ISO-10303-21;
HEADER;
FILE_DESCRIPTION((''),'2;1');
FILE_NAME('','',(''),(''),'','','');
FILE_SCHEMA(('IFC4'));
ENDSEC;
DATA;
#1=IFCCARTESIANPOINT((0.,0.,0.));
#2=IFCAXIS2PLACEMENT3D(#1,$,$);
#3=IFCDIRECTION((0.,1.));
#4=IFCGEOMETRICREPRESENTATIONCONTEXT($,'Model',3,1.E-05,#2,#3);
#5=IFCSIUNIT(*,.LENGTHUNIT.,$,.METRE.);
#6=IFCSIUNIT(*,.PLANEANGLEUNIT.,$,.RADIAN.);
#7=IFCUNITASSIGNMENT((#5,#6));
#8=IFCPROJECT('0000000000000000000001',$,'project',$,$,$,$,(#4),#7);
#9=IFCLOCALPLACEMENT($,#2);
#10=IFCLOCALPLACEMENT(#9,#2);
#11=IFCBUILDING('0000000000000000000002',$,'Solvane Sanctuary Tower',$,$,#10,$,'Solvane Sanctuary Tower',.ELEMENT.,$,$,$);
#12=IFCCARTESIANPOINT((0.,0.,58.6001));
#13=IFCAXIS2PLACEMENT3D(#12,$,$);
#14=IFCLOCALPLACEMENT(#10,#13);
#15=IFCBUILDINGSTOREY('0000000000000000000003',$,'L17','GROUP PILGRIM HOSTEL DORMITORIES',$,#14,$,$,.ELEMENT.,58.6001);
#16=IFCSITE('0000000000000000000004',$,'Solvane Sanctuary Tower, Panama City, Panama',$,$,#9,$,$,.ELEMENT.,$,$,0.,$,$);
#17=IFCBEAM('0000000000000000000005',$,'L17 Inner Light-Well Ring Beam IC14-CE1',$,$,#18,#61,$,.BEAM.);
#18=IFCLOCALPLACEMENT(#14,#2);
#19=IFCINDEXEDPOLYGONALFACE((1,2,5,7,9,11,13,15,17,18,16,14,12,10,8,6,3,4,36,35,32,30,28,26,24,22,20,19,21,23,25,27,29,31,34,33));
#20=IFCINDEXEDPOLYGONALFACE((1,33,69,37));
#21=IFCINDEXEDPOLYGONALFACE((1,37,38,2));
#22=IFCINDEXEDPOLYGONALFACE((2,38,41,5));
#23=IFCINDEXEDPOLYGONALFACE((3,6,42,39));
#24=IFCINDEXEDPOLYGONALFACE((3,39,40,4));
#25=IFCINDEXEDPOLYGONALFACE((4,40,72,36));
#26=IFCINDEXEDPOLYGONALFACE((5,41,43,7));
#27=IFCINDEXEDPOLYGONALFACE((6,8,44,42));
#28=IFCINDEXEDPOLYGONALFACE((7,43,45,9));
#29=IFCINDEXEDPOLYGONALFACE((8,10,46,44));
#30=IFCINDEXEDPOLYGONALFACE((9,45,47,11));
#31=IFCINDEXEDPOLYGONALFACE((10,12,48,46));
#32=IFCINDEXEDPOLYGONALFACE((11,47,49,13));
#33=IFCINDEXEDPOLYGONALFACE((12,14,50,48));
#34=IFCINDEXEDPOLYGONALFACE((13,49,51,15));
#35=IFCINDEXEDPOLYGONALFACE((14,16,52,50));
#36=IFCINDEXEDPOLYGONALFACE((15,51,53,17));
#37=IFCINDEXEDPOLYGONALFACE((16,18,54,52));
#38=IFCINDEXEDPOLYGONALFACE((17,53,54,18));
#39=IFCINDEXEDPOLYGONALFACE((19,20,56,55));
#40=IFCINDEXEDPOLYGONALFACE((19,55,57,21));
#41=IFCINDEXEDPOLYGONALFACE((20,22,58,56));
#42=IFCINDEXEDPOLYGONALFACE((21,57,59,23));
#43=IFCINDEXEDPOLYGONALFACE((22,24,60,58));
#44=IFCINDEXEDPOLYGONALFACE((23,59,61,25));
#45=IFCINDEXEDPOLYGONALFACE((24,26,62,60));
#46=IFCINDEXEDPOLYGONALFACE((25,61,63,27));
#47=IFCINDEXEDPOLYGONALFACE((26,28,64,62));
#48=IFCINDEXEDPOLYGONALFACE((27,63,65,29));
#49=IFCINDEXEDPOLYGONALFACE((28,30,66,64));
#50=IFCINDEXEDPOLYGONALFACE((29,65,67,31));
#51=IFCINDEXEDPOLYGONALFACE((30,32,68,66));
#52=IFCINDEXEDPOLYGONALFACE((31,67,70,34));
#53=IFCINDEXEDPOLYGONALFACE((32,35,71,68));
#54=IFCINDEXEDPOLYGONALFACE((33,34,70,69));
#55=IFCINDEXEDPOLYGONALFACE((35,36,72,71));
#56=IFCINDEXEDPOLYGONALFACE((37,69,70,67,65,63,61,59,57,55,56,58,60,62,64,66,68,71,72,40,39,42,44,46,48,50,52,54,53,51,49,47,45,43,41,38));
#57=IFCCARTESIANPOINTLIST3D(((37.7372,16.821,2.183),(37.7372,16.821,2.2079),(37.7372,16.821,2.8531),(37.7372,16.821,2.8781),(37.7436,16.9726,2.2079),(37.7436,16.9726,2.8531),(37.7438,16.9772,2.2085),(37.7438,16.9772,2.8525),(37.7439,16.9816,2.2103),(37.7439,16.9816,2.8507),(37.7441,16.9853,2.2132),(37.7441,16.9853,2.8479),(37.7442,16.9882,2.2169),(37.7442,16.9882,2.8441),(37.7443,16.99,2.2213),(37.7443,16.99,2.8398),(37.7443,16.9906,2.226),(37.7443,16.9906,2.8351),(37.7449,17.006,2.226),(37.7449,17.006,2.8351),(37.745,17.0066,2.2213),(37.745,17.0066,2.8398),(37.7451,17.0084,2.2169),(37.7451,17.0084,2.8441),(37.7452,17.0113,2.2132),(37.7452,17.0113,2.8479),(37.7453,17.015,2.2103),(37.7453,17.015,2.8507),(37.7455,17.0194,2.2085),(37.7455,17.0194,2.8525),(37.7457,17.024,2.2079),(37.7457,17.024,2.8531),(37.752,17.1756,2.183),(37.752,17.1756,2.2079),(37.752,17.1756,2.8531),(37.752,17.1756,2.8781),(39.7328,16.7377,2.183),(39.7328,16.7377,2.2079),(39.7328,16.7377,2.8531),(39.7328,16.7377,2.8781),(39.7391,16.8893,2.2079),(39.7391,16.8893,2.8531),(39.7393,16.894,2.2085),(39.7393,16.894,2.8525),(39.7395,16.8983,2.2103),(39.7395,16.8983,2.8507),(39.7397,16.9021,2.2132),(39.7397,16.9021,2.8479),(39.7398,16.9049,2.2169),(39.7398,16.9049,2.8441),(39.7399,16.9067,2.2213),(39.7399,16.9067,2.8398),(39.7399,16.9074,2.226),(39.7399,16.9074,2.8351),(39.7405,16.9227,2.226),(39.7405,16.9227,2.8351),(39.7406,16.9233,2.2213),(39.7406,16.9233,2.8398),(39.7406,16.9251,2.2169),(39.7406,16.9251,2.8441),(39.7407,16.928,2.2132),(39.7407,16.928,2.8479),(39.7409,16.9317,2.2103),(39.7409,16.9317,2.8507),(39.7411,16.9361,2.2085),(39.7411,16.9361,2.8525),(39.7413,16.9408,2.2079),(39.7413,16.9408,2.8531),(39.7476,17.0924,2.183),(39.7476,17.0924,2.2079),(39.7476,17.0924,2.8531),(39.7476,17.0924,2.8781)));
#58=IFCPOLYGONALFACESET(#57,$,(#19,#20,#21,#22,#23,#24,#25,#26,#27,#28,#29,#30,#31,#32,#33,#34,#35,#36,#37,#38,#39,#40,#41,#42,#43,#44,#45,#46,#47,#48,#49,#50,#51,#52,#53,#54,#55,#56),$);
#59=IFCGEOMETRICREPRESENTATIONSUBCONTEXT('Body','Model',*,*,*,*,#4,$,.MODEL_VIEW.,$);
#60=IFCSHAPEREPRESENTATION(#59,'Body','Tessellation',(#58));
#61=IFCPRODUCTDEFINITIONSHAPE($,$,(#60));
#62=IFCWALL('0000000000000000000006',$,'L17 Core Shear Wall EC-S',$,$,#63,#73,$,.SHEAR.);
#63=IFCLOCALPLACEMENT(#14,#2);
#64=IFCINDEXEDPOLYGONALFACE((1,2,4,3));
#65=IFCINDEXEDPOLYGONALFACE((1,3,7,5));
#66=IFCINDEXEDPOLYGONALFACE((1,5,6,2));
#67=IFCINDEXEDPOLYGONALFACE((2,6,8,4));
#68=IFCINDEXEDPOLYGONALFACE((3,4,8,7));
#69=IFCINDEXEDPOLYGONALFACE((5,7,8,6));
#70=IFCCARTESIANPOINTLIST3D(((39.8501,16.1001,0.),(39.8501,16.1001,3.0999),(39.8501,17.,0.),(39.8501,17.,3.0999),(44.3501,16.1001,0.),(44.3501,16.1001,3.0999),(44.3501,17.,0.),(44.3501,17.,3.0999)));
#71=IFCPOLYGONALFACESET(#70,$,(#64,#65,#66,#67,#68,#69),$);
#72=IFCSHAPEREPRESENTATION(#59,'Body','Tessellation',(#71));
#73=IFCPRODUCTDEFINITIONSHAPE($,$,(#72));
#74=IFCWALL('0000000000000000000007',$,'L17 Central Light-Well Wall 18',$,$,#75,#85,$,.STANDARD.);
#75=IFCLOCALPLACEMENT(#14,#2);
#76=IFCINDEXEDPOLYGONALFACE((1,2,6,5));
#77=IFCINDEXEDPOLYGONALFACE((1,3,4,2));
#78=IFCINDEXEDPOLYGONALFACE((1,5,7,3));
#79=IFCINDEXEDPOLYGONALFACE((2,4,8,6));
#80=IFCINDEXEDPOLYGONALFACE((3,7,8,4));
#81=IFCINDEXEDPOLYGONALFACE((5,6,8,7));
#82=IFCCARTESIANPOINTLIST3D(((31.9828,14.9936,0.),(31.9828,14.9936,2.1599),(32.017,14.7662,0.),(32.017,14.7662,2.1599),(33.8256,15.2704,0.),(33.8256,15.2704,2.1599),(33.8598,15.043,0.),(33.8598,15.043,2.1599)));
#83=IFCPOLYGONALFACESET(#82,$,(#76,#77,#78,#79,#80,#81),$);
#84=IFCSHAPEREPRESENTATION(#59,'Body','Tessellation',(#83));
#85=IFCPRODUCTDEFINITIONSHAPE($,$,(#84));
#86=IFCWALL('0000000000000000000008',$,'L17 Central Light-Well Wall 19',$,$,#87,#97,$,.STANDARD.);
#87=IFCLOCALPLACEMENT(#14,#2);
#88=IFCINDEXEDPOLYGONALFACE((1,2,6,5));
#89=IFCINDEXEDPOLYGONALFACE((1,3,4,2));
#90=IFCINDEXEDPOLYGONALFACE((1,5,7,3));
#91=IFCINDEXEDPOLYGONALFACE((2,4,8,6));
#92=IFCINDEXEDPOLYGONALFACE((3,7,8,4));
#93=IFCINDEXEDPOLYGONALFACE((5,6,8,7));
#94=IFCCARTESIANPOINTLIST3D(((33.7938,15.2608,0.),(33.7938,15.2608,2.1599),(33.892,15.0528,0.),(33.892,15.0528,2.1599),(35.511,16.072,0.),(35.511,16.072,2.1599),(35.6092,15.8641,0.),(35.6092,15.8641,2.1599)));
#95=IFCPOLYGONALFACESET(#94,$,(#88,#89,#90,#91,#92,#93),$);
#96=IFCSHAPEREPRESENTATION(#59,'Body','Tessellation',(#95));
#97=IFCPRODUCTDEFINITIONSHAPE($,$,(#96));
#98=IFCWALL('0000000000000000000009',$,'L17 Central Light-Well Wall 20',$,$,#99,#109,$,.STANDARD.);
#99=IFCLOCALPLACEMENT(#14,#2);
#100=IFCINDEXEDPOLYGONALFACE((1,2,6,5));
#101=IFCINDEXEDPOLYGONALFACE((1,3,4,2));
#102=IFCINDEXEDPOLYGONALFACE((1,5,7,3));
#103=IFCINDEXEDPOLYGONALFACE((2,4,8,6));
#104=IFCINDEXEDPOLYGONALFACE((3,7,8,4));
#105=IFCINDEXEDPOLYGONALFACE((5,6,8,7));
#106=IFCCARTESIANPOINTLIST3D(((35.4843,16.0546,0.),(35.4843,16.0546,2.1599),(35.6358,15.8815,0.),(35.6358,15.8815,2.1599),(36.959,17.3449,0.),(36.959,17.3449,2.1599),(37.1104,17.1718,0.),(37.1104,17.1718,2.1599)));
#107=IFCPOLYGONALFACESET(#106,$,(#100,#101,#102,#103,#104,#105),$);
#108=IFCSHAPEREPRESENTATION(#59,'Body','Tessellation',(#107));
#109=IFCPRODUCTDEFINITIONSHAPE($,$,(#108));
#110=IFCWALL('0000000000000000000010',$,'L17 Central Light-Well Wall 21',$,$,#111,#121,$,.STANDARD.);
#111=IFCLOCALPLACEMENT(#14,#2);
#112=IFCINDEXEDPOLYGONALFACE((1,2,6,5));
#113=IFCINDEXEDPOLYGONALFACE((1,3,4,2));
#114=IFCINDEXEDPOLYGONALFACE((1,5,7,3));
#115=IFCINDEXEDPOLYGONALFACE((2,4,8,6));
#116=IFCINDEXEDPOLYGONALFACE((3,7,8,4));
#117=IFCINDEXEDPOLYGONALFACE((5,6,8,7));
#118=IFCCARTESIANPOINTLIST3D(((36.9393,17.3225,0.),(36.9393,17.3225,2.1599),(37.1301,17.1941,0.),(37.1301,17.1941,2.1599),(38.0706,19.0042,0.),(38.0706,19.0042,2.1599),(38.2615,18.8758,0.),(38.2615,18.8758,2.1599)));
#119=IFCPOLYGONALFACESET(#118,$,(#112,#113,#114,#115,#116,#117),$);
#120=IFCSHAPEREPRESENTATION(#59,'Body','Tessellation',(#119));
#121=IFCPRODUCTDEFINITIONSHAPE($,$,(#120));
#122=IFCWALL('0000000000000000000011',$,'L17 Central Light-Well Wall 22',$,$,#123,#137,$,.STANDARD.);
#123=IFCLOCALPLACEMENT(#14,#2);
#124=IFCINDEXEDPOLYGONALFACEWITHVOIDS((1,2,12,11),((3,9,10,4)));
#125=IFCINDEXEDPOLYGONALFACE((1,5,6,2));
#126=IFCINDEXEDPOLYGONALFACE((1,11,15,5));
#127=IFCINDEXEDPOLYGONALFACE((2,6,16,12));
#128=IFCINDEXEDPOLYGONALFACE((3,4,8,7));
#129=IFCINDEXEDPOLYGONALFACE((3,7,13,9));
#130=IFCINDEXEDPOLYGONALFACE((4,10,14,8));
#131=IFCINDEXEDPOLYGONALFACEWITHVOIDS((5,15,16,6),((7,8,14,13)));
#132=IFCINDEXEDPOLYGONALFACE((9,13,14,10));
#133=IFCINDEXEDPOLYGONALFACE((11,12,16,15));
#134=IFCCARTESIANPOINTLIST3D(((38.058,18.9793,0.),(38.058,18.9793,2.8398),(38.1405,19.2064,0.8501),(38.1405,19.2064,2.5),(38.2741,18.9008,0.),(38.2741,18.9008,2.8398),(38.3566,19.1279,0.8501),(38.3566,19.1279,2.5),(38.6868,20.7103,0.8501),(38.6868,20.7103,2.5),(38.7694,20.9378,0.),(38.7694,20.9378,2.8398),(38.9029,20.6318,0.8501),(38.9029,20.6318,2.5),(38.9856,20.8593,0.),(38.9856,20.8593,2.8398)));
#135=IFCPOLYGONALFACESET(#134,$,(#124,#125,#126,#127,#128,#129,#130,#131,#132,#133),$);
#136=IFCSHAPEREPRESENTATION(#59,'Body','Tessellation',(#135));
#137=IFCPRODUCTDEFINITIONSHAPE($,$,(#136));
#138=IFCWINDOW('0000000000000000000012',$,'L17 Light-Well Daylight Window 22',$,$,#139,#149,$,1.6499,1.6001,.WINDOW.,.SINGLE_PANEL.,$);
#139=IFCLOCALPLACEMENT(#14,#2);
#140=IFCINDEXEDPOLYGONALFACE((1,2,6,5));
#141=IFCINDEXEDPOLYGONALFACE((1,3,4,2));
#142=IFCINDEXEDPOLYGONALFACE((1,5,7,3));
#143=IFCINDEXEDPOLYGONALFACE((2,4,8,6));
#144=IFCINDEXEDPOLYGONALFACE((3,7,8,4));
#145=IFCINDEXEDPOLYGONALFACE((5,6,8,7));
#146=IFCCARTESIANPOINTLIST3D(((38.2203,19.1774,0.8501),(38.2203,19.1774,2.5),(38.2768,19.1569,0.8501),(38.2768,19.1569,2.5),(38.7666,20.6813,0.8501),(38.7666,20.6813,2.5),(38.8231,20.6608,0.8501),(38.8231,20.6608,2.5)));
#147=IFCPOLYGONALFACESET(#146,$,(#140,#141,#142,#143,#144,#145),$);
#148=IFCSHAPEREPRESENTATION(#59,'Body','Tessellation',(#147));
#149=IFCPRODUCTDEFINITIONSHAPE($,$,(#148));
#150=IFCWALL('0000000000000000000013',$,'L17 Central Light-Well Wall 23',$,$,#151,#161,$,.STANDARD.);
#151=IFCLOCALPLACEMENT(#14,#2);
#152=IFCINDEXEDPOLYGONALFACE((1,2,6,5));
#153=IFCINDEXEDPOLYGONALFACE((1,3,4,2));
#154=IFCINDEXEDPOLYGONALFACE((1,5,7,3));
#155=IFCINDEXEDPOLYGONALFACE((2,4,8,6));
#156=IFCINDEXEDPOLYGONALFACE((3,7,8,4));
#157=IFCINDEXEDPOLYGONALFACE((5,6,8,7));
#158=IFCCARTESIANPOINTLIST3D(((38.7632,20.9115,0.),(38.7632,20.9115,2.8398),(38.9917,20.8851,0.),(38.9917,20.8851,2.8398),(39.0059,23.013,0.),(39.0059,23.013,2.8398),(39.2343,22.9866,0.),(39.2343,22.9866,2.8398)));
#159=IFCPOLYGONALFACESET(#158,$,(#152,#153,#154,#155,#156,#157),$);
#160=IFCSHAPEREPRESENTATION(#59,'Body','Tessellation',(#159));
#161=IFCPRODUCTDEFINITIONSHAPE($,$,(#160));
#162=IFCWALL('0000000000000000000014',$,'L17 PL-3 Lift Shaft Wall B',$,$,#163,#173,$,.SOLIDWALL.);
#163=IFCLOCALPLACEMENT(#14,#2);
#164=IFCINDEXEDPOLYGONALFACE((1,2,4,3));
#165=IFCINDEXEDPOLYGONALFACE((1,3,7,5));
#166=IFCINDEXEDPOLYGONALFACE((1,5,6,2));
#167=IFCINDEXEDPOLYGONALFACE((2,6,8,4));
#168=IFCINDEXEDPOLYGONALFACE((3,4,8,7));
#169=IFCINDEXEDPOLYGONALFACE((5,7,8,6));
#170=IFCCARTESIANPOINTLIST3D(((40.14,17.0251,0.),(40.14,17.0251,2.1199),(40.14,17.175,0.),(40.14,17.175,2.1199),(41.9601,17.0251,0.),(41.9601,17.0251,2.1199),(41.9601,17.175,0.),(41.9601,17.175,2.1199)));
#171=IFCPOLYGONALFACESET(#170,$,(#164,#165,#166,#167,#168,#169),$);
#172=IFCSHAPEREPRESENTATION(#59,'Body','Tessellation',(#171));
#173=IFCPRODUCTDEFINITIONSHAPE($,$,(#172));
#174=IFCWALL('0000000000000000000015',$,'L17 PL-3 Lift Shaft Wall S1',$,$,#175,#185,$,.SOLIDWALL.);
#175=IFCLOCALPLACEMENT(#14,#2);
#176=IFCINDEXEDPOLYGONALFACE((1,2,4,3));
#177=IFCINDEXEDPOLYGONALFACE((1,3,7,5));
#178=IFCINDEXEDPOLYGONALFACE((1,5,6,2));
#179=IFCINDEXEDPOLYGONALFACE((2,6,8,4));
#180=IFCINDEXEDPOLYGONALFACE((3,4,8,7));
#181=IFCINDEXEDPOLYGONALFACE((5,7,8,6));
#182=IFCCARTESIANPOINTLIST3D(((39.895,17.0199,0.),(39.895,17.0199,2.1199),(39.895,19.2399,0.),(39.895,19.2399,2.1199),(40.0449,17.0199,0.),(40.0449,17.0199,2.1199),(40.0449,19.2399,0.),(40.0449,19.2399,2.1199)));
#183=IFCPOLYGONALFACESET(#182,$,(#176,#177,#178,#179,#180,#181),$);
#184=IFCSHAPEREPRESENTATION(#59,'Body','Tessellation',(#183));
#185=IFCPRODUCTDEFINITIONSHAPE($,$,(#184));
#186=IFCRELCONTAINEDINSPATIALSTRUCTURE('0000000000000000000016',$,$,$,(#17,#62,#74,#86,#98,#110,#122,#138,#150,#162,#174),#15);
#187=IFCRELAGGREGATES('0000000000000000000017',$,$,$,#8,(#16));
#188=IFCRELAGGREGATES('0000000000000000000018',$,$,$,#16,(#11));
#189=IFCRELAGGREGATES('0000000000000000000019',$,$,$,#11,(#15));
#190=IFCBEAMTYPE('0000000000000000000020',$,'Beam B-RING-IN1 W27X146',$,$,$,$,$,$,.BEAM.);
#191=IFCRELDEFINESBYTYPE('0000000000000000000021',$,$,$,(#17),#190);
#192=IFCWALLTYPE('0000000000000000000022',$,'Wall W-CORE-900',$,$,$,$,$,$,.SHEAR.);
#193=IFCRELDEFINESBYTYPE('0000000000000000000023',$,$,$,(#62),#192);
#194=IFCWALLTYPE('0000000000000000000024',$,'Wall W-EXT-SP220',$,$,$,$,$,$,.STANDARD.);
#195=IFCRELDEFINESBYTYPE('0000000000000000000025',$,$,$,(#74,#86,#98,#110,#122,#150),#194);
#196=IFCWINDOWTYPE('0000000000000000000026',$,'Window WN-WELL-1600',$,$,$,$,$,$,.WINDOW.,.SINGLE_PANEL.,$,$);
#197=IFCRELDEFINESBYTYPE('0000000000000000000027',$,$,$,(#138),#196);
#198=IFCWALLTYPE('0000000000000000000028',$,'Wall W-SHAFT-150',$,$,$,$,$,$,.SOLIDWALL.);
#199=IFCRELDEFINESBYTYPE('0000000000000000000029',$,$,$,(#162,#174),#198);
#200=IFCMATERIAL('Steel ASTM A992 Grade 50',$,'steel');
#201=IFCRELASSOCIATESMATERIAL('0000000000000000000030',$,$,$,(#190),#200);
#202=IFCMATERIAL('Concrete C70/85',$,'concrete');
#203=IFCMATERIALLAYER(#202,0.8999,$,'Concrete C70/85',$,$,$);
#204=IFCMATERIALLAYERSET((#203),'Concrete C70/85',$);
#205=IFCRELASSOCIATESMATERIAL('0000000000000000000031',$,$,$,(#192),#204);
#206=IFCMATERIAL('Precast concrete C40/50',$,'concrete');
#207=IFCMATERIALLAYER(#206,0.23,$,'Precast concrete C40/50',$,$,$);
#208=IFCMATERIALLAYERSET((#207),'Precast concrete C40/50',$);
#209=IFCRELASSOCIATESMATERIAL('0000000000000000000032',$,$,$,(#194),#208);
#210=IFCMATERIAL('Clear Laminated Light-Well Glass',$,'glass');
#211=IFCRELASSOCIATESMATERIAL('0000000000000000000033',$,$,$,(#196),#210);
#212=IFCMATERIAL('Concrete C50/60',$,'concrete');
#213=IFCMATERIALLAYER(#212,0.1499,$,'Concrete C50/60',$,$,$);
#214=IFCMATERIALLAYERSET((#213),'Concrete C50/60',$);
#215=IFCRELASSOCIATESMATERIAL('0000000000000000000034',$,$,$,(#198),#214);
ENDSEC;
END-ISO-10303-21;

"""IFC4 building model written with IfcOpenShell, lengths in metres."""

from ifc_helpers import new_model, si_unit, direction, frame, frame_2d, origin, origin_2d, place, context, subcontext, project, spatial, rectangle, i_section, extrude, material, layer, layer_set, material_profile, profile_set, type_object, element, fill, save


model = new_model("IFC4")

# Units and contexts
model_context = context("Model", 3, precision=1e-05, world=origin(), true_north=direction((0.0, 1.0)))
body_context = subcontext(model_context, "Body", "Model", "MODEL_VIEW")
ifc_project = project(units=[si_unit("LENGTHUNIT", "METRE"), si_unit("PLANEANGLEUNIT", "RADIAN")], contexts=[model_context])

# Site, building, storey
site_placement = place(None, origin())
site = spatial("IfcSite", under=ifc_project, at=site_placement, Name="Solvane Sanctuary Tower, Panama City, Panama", CompositionType="ELEMENT", RefElevation=0.0)
building_placement = place(site_placement, origin())
building = spatial("IfcBuilding", under=site, at=building_placement, Name="Solvane Sanctuary Tower", LongName="Solvane Sanctuary Tower", CompositionType="ELEMENT")
storey_placement = place(building_placement, frame((0.0, 0.0, 58.6001)))
storey = spatial("IfcBuildingStorey", under=building, at=storey_placement, Name="L17", Description="GROUP PILGRIM HOSTEL DORMITORIES", CompositionType="ELEMENT", Elevation=58.6001)

# Shared definitions
ifc_material_1 = material(Name="Concrete C70/85", Category="concrete")

# Beam
ifc_material_2 = material(Name="Steel ASTM A992 Grade 50", Category="steel")
ifc_material_profile_1 = material_profile(ifc_material_2, i_section(OverallWidth=0.355, OverallDepth=0.6951, WebThickness=0.0154, FlangeThickness=0.0249, FilletRadius=0.0181, at=origin_2d()), Name="W27X146")
ifc_profile_set_1 = profile_set([ifc_material_profile_1], Name="Steel ASTM A992 Grade 50")
beam_type_1 = type_object("IfcBeamType", Name="Beam B-RING-IN1 W27X146", PredefinedType="BEAM", material=ifc_profile_set_1)
beam_1_placement = place(storey_placement, frame((37.7446, 16.9983, 2.5305), z_axis=(0.999131, -0.041681, 0.0), x_axis=(0.041681, 0.999131, 0.0)))
element("IfcBeam", 1, at=beam_1_placement, inside=storey, type_object=beam_type_1, Name="L17 Inner Light-Well Ring Beam IC14-CE1", PredefinedType="BEAM", context=body_context, shape_type="SweptSolid", body=[
    extrude(i_section(OverallWidth=0.355, OverallDepth=0.6951, WebThickness=0.0154, FlangeThickness=0.0249, FilletRadius=0.0181, at=origin_2d()), origin(), (0.0, 0.0, 1.0), 1.9973),
])

# Walls
ifc_layer_1 = layer(ifc_material_1, 0.8999, Name="Concrete C70/85")
ifc_layer_set_1 = layer_set([ifc_layer_1], Name="Concrete C70/85")
wall_type_1 = type_object("IfcWallType", Name="Wall W-CORE-900", PredefinedType="SHEAR", material=ifc_layer_set_1)
wall_1_placement = place(storey_placement, frame((39.8501, 16.55, 0.0), z_axis=(0.0, 0.0, 1.0), x_axis=(1.0, 0.0, 0.0)))
element("IfcWall", 2, at=wall_1_placement, inside=storey, type_object=wall_type_1, Name="L17 Core Shear Wall EC-S", PredefinedType="SHEAR", context=body_context, shape_type="SweptSolid", body=[
    extrude(rectangle(XDim=4.5, YDim=0.8999, at=frame_2d((2.25, 0.0))), origin(), (0.0, 0.0, 1.0), 3.0999),
])
ifc_material_3 = material(Name="Precast concrete C40/50", Category="concrete")
ifc_layer_2 = layer(ifc_material_3, 0.23, Name="Precast concrete C40/50")
ifc_layer_set_2 = layer_set([ifc_layer_2], Name="Precast concrete C40/50")
wall_type_2 = type_object("IfcWallType", Name="Wall W-EXT-SP220", PredefinedType="STANDARD", material=ifc_layer_set_2)
wall_2_placement = place(storey_placement, frame((32.0, 14.8799, 0.0), z_axis=(0.0, 0.0, 1.0), x_axis=(0.988902, 0.148571, 0.0)))
element("IfcWall", 3, at=wall_2_placement, inside=storey, type_object=wall_type_2, Name="L17 Central Light-Well Wall 18", PredefinedType="STANDARD", context=body_context, shape_type="SweptSolid", body=[
    extrude(rectangle(XDim=1.8635, YDim=0.23, at=frame_2d((0.9316, 0.0))), origin(), (0.0, 0.0, 1.0), 2.1599),
])
wall_3_placement = place(storey_placement, frame((33.8428, 15.1567, 0.0), z_axis=(0.0, 0.0, 1.0), x_axis=(0.90418, 0.427152, 0.0)))
element("IfcWall", 4, at=wall_3_placement, inside=storey, type_object=wall_type_2, Name="L17 Central Light-Well Wall 19", PredefinedType="STANDARD", context=body_context, shape_type="SweptSolid", body=[
    extrude(rectangle(XDim=1.8992, YDim=0.23, at=frame_2d((0.9497, 0.0))), origin(), (0.0, 0.0, 1.0), 2.1599),
])
wall_4_placement = place(storey_placement, frame((35.5601, 15.968, 0.0), z_axis=(0.0, 0.0, 1.0), x_axis=(0.752577, 0.658505, 0.0)))
element("IfcWall", 5, at=wall_4_placement, inside=storey, type_object=wall_type_2, Name="L17 Central Light-Well Wall 20", PredefinedType="STANDARD", context=body_context, shape_type="SweptSolid", body=[
    extrude(rectangle(XDim=1.9595, YDim=0.23, at=frame_2d((0.9797, 0.0))), origin(), (0.0, 0.0, 1.0), 2.1599),
])
wall_5_placement = place(storey_placement, frame((37.0347, 17.2583, 0.0), z_axis=(0.0, 0.0, 1.0), x_axis=(0.558198, 0.829708, 0.0)))
element("IfcWall", 6, at=wall_5_placement, inside=storey, type_object=wall_type_2, Name="L17 Central Light-Well Wall 21", PredefinedType="STANDARD", context=body_context, shape_type="SweptSolid", body=[
    extrude(rectangle(XDim=2.0269, YDim=0.23, at=frame_2d((1.0134, 0.0))), origin(), (0.0, 0.0, 1.0), 2.1599),
])

# Wall, opening, window
wall_6_placement = place(storey_placement, frame((38.166, 18.9399, 0.0), z_axis=(0.0, 0.0, 1.0), x_axis=(0.341423, 0.93991, 0.0)))
wall_6 = element("IfcWall", 7, at=wall_6_placement, inside=storey, type_object=wall_type_2, Name="L17 Central Light-Well Wall 22", PredefinedType="STANDARD", context=body_context, shape_type="SweptSolid", body=[
    extrude(rectangle(XDim=2.0837, YDim=0.23, at=frame_2d((1.042, 0.0))), origin(), (0.0, 0.0, 1.0), 2.8398),
])
opening_placement = place(wall_6_placement, frame((0.2417, 0.0, 0.8501)))
opening = element("IfcOpeningElement", 8, at=opening_placement, cuts=wall_6, PredefinedType="OPENING", context=body_context, shape_type="SweptSolid", body=[
    extrude(rectangle(XDim=1.6001, YDim=1.6499, at=frame_2d((0.8, 0.825))), frame((0.0, 0.125, 0.0), z_axis=(0.0, -1.0, 0.0), x_axis=(1.0, 0.0, 0.0)), (0.0, 0.0, 1.0), 0.25),
])
ifc_material_4 = material(Name="Clear Laminated Light-Well Glass", Category="glass")
window_type = type_object("IfcWindowType", Name="Window WN-WELL-1600", PartitioningType="SINGLE_PANEL", PredefinedType="WINDOW", material=ifc_material_4)
window_placement = place(opening_placement, origin())
window = element("IfcWindow", 9, at=window_placement, inside=storey, type_object=window_type, Name="L17 Light-Well Daylight Window 22", OverallHeight=1.6499, OverallWidth=1.6001, PartitioningType="SINGLE_PANEL", PredefinedType="WINDOW", context=body_context, shape_type="SweptSolid", body=[
    extrude(rectangle(XDim=1.6001, YDim=1.6499, at=frame_2d((0.8, 0.825))), frame((0.0, 0.03, 0.0), z_axis=(0.0, -1.0, 0.0), x_axis=(1.0, 0.0, 0.0)), (0.0, 0.0, 1.0), 0.0601),
])
fill(opening, window)

# Walls
wall_7_placement = place(storey_placement, frame((38.8774, 20.8984, 0.0), z_axis=(0.0, 0.0, 1.0), x_axis=(0.114712, 0.993399, 0.0)))
element("IfcWall", 10, at=wall_7_placement, inside=storey, type_object=wall_type_2, Name="L17 Central Light-Well Wall 23", PredefinedType="STANDARD", context=body_context, shape_type="SweptSolid", body=[
    extrude(rectangle(XDim=2.1155, YDim=0.23, at=frame_2d((1.0576, 0.0))), origin(), (0.0, 0.0, 1.0), 2.8398),
])
ifc_material_5 = material(Name="Concrete C50/60", Category="concrete")
ifc_layer_3 = layer(ifc_material_5, 0.1499, Name="Concrete C50/60")
ifc_layer_set_3 = layer_set([ifc_layer_3], Name="Concrete C50/60")
wall_type_3 = type_object("IfcWallType", Name="Wall W-SHAFT-150", PredefinedType="SOLIDWALL", material=ifc_layer_set_3)
wall_8_placement = place(storey_placement, frame((40.1399, 17.1001, 0.0), z_axis=(0.0, 0.0, 1.0), x_axis=(1.0, 0.0, 0.0)))
element("IfcWall", 11, at=wall_8_placement, inside=storey, type_object=wall_type_3, Name="L17 PL-3 Lift Shaft Wall B", PredefinedType="SOLIDWALL", context=body_context, shape_type="SweptSolid", body=[
    extrude(rectangle(XDim=1.8201, YDim=0.1499, at=frame_2d((0.9102, 0.0))), origin(), (0.0, 0.0, 1.0), 2.1199),
])
wall_9_placement = place(storey_placement, frame((39.97, 17.02, 0.0), z_axis=(0.0, 0.0, 1.0), x_axis=(0.0, 1.0, 0.0)))
element("IfcWall", 12, at=wall_9_placement, inside=storey, type_object=wall_type_3, Name="L17 PL-3 Lift Shaft Wall S1", PredefinedType="SOLIDWALL", context=body_context, shape_type="SweptSolid", body=[
    extrude(rectangle(XDim=2.22, YDim=0.1499, at=frame_2d((1.1099, 0.0))), origin(), (0.0, 0.0, 1.0), 2.1199),
])

save(model, "model.ifc")
